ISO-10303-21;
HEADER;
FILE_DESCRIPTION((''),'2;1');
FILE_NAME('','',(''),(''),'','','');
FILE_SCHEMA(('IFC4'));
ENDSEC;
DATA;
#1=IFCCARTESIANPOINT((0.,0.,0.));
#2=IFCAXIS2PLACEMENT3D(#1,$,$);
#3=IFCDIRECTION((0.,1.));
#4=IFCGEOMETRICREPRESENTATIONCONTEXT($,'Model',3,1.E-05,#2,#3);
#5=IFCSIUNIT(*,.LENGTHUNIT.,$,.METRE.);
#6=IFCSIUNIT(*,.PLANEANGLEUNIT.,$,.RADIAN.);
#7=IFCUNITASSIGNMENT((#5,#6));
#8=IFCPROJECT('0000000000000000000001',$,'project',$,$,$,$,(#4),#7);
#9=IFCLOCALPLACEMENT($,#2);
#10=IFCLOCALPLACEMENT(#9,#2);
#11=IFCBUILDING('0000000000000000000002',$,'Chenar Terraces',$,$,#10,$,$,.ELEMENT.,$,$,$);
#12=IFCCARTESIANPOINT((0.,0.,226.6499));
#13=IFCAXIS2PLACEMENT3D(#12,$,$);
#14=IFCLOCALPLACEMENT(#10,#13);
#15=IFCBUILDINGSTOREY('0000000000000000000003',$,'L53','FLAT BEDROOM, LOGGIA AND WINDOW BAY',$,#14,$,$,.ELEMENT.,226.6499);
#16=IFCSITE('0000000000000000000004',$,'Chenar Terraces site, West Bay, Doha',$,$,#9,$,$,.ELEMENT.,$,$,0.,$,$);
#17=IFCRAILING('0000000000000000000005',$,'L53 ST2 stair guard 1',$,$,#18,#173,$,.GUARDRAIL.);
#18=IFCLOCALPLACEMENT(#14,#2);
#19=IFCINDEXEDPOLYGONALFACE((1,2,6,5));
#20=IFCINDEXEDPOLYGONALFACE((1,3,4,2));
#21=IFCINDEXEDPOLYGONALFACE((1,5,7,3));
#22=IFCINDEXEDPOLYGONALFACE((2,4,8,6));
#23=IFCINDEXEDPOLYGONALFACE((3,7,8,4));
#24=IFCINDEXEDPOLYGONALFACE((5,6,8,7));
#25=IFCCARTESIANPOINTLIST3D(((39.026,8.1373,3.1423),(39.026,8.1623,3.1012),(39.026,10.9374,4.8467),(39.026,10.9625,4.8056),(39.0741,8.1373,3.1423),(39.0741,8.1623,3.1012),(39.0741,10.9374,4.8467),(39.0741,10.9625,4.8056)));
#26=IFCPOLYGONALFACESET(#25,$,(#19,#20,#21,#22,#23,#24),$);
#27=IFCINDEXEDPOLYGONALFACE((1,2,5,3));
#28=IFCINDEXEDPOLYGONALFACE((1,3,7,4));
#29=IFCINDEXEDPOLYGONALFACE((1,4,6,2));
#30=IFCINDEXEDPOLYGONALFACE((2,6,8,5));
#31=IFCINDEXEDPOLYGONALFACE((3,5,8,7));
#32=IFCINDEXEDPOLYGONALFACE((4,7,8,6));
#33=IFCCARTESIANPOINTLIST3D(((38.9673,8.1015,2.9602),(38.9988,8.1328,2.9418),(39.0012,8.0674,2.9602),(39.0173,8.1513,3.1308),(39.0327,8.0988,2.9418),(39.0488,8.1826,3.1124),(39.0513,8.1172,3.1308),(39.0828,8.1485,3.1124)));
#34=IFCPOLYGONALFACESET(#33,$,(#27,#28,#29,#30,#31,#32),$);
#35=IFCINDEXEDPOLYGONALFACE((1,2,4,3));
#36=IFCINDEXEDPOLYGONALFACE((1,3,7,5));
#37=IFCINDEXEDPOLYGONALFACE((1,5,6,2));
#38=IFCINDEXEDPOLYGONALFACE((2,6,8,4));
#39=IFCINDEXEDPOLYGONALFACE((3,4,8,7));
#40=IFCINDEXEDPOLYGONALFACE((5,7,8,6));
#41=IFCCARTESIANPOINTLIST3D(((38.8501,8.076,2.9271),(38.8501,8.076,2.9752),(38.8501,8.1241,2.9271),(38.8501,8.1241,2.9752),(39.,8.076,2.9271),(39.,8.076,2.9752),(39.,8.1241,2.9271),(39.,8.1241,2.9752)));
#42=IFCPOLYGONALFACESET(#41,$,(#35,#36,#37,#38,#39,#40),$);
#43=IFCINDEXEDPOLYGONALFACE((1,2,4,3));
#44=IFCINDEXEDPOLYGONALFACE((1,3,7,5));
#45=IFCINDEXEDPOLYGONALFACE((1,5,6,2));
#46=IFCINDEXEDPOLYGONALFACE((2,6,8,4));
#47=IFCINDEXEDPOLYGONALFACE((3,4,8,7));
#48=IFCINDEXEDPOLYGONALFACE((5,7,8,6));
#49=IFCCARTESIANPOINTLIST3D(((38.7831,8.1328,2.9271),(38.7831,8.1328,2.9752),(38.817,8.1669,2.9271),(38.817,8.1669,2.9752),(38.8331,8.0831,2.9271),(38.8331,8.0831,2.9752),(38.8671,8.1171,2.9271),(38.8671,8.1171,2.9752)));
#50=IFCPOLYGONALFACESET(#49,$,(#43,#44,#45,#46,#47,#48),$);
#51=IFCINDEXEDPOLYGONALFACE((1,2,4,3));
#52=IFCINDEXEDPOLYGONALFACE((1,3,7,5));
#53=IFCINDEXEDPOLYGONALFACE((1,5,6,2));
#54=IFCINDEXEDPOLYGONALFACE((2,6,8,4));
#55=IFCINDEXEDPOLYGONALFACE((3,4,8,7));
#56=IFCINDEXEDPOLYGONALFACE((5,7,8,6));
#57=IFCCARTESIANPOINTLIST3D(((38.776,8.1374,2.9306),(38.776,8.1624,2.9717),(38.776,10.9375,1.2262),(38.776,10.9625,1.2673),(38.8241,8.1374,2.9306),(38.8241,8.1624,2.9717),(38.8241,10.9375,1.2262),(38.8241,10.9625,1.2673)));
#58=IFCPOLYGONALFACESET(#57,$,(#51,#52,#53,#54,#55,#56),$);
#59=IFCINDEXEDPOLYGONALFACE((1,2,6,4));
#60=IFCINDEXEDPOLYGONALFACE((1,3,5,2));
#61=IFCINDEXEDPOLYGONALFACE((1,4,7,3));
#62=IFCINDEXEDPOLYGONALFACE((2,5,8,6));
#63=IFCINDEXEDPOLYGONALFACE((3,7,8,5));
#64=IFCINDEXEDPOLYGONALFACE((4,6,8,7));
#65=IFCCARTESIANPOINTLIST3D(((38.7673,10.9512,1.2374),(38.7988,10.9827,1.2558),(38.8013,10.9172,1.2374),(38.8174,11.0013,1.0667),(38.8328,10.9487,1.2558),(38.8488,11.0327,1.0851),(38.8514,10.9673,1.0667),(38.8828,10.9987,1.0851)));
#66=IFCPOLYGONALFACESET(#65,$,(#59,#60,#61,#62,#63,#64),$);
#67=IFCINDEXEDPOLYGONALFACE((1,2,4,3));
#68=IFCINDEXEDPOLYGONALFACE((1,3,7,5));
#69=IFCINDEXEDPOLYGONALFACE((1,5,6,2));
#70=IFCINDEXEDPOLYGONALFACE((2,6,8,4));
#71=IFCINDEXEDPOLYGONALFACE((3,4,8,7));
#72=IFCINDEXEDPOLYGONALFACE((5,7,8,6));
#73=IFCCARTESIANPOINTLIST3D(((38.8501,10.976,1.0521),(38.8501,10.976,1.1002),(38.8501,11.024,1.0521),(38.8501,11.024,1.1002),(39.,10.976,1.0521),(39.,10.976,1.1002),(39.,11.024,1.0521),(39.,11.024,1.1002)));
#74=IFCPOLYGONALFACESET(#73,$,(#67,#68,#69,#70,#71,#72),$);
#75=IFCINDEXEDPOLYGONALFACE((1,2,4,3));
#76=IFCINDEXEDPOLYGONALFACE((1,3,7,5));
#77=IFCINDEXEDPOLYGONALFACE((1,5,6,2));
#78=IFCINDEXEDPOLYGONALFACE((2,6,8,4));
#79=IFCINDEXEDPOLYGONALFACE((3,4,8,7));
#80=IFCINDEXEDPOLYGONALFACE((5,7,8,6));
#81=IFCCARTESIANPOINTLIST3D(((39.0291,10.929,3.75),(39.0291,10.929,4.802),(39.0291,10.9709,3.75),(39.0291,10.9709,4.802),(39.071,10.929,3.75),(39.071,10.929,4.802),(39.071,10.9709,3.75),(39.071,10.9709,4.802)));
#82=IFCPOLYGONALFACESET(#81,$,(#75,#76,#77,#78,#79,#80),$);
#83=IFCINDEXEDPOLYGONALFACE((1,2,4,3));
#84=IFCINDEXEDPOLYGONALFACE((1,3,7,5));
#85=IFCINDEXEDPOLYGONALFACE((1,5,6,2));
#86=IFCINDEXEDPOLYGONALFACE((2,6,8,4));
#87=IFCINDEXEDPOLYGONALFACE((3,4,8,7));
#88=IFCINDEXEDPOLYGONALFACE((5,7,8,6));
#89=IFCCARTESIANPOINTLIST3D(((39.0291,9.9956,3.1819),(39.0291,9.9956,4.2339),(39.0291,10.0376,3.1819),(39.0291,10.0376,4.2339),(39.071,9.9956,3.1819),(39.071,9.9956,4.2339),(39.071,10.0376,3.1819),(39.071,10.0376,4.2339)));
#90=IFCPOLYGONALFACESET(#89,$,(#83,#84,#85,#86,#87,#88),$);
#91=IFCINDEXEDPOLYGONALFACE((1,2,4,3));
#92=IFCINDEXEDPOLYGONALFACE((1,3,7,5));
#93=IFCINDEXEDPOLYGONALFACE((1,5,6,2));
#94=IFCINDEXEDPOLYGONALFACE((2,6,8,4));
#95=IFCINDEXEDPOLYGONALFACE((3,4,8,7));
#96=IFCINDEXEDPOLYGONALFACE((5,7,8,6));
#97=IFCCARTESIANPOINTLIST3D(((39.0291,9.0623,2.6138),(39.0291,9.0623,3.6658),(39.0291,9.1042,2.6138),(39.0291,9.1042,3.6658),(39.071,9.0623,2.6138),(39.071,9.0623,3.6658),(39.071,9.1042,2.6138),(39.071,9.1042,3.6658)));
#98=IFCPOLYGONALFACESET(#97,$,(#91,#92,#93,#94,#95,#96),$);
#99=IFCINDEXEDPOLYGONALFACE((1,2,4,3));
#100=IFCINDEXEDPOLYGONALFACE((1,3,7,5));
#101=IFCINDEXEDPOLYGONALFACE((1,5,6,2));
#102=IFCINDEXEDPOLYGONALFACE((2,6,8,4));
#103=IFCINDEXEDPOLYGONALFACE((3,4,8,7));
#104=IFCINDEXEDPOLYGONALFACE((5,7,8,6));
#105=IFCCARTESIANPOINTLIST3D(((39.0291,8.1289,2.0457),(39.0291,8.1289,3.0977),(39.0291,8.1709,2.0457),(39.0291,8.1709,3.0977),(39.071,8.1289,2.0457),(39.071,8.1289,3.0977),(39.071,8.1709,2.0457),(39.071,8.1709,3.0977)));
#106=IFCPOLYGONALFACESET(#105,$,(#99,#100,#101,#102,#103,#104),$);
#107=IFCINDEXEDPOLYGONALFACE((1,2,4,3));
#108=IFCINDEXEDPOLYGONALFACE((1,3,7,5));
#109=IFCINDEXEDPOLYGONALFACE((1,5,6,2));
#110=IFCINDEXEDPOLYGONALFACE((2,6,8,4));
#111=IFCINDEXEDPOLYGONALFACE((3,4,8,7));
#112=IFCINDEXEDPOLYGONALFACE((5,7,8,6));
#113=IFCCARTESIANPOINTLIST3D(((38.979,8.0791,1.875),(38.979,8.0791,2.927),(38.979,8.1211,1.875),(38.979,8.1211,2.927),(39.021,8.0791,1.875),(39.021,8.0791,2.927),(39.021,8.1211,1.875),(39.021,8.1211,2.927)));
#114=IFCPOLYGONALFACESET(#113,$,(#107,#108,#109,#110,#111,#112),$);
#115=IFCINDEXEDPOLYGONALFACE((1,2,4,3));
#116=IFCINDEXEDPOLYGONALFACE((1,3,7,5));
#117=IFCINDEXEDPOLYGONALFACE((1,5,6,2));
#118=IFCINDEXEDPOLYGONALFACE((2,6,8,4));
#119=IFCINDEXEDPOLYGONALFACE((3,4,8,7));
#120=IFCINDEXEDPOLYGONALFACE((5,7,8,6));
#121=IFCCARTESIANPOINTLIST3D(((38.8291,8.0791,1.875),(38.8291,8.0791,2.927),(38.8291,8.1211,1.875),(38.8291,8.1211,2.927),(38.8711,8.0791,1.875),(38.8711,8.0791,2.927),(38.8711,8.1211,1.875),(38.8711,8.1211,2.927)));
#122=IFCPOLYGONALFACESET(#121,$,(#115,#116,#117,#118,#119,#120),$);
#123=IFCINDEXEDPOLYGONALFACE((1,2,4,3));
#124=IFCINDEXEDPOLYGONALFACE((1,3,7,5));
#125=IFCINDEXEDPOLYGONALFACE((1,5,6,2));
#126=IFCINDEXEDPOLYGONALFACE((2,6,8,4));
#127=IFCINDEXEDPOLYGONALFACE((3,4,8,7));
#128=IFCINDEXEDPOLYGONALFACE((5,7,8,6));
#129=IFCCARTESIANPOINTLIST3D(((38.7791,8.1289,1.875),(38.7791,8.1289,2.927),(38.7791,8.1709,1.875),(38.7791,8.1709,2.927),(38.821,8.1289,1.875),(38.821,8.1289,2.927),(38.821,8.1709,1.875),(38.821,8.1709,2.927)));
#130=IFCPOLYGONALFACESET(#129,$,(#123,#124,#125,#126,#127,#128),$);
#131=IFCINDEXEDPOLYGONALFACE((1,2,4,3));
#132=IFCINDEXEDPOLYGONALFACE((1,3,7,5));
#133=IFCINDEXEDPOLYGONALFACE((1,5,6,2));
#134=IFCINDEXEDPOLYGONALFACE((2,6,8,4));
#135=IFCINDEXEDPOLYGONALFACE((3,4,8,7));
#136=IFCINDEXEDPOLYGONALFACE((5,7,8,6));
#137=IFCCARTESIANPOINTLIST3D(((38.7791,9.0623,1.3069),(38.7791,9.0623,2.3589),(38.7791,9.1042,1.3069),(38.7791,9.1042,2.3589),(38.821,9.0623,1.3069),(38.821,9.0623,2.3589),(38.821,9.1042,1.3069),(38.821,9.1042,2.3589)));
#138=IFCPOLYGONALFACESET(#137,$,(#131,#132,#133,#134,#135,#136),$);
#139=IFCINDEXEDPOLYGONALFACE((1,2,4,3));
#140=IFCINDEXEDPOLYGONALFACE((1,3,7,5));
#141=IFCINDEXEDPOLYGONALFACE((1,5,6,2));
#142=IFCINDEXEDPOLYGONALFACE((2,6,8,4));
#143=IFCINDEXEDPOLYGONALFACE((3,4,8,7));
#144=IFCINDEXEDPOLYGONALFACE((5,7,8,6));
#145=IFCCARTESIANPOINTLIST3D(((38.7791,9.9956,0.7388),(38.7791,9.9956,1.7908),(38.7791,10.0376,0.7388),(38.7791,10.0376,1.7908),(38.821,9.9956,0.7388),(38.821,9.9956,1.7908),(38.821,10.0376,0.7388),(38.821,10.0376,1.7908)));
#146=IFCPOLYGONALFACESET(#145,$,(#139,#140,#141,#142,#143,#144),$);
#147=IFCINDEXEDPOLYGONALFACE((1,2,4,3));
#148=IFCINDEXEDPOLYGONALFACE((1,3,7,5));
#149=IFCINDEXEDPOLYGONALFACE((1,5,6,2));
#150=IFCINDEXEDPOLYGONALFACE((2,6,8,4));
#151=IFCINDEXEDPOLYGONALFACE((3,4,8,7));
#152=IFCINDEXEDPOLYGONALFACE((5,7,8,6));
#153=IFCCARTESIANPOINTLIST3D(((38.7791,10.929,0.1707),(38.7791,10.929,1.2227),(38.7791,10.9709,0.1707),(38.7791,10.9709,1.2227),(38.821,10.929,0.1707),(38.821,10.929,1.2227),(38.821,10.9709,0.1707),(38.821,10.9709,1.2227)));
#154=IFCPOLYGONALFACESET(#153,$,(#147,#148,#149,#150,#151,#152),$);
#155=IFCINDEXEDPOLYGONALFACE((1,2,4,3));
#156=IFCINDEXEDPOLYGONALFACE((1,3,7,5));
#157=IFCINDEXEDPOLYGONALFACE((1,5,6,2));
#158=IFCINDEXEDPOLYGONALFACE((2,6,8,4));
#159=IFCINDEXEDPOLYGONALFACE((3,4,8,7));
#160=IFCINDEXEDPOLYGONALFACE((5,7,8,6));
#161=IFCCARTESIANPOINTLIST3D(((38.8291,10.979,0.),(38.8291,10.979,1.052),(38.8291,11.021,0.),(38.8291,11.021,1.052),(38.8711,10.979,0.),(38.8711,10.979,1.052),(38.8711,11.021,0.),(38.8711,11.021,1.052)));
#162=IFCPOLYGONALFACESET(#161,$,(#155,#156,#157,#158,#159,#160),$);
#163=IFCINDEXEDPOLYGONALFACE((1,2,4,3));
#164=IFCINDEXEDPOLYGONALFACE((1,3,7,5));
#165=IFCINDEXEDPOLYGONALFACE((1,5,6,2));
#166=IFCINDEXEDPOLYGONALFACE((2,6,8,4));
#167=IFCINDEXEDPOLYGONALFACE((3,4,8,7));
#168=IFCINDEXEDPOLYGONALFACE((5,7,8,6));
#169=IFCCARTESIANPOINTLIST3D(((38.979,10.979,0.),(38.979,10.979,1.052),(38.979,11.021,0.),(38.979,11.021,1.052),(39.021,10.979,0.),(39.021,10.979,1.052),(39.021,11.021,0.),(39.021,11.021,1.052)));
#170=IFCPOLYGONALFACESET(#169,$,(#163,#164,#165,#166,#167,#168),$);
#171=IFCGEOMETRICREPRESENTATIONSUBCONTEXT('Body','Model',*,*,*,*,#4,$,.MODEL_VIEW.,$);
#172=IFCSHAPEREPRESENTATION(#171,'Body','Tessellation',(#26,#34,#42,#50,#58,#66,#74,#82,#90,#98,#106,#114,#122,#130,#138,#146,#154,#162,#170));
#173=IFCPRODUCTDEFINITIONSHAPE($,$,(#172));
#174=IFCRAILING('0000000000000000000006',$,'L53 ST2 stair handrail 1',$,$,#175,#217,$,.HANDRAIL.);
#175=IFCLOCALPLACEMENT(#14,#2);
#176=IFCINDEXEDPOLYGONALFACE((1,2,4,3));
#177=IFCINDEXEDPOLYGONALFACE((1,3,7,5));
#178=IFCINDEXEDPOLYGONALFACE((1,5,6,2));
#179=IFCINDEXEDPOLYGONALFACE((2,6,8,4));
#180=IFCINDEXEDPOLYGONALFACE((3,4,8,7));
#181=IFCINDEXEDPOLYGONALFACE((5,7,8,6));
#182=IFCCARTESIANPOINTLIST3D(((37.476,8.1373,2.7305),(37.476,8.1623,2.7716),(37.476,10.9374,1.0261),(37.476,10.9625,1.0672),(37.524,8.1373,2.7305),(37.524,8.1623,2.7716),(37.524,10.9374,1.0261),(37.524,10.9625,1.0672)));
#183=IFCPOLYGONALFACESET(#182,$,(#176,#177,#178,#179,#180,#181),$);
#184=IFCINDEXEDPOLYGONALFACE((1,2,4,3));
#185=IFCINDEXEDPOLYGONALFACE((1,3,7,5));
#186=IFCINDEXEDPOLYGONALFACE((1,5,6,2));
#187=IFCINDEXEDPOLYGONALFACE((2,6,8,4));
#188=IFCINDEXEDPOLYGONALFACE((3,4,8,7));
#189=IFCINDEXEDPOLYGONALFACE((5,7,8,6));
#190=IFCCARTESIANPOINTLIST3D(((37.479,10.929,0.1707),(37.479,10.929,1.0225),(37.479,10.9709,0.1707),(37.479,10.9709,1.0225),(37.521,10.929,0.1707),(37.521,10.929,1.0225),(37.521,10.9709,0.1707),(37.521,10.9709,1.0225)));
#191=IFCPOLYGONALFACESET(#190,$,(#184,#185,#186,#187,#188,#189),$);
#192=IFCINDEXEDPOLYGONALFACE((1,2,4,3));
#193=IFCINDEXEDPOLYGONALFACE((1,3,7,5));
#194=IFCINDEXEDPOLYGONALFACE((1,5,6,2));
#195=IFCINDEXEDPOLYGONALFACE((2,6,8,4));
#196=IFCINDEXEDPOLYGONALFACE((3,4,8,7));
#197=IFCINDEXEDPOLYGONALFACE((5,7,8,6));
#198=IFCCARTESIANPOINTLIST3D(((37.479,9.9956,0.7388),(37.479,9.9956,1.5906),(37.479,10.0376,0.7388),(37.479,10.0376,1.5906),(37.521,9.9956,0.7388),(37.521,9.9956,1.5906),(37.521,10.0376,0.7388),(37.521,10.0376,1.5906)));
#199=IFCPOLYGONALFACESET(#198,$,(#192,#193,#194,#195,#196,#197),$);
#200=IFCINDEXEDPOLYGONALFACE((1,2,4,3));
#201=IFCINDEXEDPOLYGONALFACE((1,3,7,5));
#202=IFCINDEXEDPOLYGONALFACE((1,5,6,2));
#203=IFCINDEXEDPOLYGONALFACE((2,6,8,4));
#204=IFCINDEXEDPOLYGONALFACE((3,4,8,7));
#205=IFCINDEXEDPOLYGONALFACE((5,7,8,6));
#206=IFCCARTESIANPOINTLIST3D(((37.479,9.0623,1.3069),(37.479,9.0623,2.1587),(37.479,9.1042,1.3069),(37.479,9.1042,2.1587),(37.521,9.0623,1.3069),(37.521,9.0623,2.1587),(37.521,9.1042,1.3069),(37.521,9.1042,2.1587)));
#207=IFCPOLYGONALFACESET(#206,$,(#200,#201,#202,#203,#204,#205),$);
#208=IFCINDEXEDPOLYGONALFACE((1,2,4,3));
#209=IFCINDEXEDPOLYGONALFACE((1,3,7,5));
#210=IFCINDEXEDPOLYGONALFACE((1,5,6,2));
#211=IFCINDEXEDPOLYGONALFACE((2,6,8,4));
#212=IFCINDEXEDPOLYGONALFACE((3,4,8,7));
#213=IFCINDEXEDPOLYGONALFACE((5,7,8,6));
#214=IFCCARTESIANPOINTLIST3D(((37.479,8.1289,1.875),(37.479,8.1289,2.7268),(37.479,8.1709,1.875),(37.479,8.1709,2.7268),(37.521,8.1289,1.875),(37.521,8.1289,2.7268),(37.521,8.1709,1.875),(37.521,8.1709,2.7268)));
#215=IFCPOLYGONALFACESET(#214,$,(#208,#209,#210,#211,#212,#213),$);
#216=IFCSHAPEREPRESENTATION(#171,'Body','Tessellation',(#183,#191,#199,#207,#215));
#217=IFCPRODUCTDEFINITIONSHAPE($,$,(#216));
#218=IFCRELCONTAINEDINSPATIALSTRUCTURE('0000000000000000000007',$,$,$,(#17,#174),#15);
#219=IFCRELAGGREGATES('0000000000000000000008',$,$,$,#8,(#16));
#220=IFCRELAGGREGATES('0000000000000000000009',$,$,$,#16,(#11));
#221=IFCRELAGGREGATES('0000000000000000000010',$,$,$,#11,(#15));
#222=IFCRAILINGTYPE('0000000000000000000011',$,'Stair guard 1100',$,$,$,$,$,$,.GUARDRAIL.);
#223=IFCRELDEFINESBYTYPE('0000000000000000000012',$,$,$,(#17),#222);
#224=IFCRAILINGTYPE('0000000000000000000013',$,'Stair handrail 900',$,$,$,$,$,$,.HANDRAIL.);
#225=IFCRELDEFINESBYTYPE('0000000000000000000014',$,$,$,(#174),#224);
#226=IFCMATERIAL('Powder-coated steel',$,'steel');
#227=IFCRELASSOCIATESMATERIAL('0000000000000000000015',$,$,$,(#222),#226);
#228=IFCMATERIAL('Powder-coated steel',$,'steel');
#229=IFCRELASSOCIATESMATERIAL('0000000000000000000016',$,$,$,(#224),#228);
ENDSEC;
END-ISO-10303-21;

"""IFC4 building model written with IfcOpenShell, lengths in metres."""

from ifc_helpers import new_model, si_unit, direction, frame, origin, origin_2d, place, context, subcontext, project, spatial, rectangle, extrude, material, type_object, element, save


model = new_model("IFC4")

# Units and contexts
model_context = context("Model", 3, precision=1e-05, world=origin(), true_north=direction((0.0, 1.0)))
body_context = subcontext(model_context, "Body", "Model", "MODEL_VIEW")
ifc_project = project(units=[si_unit("LENGTHUNIT", "METRE"), si_unit("PLANEANGLEUNIT", "RADIAN")], contexts=[model_context])

# Site, building, storey
site_placement = place(None, origin())
site = spatial("IfcSite", under=ifc_project, at=site_placement, Name="Chenar Terraces site, West Bay, Doha", CompositionType="ELEMENT", RefElevation=0.0)
building_placement = place(site_placement, origin())
building = spatial("IfcBuilding", under=site, at=building_placement, Name="Chenar Terraces", CompositionType="ELEMENT")
storey_placement = place(building_placement, frame((0.0, 0.0, 226.6499)))
storey = spatial("IfcBuildingStorey", under=building, at=storey_placement, Name="L53", Description="FLAT BEDROOM, LOGGIA AND WINDOW BAY", CompositionType="ELEMENT", Elevation=226.6499)

# Railings
ifc_material_1 = material(Name="Powder-coated steel", Category="steel")
railing_type_1 = type_object("IfcRailingType", Name="Stair guard 1100", PredefinedType="GUARDRAIL", material=ifc_material_1)
railing_1_placement = place(storey_placement, frame((39.05, 10.95, 3.75)))
element("IfcRailing", 1, at=railing_1_placement, inside=storey, type_object=railing_type_1, Name="L53 ST2 stair guard 1", PredefinedType="GUARDRAIL", context=body_context, shape_type="SweptSolid", body=[
    extrude(rectangle(XDim=0.0481, YDim=0.0481, at=origin_2d()), frame((0.0, 0.0, 1.0762), z_axis=(0.0, -0.854203, -0.51994), x_axis=(1.0, 0.0, 0.0)), (0.0, 0.0, 1.0), 3.2781),
    extrude(rectangle(XDim=0.0481, YDim=0.0481, at=origin_2d()), frame((0.0, -2.8, -0.6284), z_axis=(-0.270997, -0.269675, -0.924033), x_axis=(0.705376, -0.708834, 0.0)), (0.0, 0.0, 1.0), 0.1846),
    extrude(rectangle(XDim=0.0481, YDim=0.0481, at=origin_2d()), frame((-0.05, -2.8499, -0.7988), z_axis=(-1.0, 0.0, 0.0), x_axis=(0.0, -1.0, 0.0)), (0.0, 0.0, 1.0), 0.1499),
    extrude(rectangle(XDim=0.0481, YDim=0.0481, at=origin_2d()), frame((-0.2, -2.8499, -0.7988), z_axis=(-0.708834, 0.705376, 0.0), x_axis=(-0.705376, -0.708834, 0.0)), (0.0, 0.0, 1.0), 0.0706),
    extrude(rectangle(XDim=0.0481, YDim=0.0481, at=origin_2d()), frame((-0.25, -2.8, -0.7988), z_axis=(0.0, 0.854203, -0.51994), x_axis=(-1.0, 0.0, 0.0)), (0.0, 0.0, 1.0), 3.2781),
    extrude(rectangle(XDim=0.0481, YDim=0.0481, at=origin_2d()), frame((-0.25, 0.0, -2.5034), z_axis=(0.2709, 0.2709, -0.923703), x_axis=(-0.707107, 0.707107, 0.0)), (0.0, 0.0, 1.0), 0.1848),
    extrude(rectangle(XDim=0.0481, YDim=0.0481, at=origin_2d()), frame((-0.2, 0.05, -2.6738), z_axis=(1.0, 0.0, 0.0), x_axis=(0.0, 1.0, 0.0)), (0.0, 0.0, 1.0), 0.1499),
    extrude(rectangle(XDim=0.042, YDim=0.042, at=origin_2d()), origin(), (0.0, 0.0, 1.0), 1.052),
    extrude(rectangle(XDim=0.042, YDim=0.042, at=origin_2d()), frame((0.0, -0.9333, -0.5681)), (0.0, 0.0, 1.0), 1.052),
    extrude(rectangle(XDim=0.042, YDim=0.042, at=origin_2d()), frame((0.0, -1.8667, -1.1362)), (0.0, 0.0, 1.0), 1.052),
    extrude(rectangle(XDim=0.042, YDim=0.042, at=origin_2d()), frame((0.0, -2.8, -1.7043)), (0.0, 0.0, 1.0), 1.052),
    extrude(rectangle(XDim=0.042, YDim=0.042, at=origin_2d()), frame((-0.05, -2.8499, -1.875)), (0.0, 0.0, 1.0), 1.052),
    extrude(rectangle(XDim=0.042, YDim=0.042, at=origin_2d()), frame((-0.2, -2.8499, -1.875)), (0.0, 0.0, 1.0), 1.052),
    extrude(rectangle(XDim=0.042, YDim=0.042, at=origin_2d()), frame((-0.25, -2.8, -1.875)), (0.0, 0.0, 1.0), 1.052),
    extrude(rectangle(XDim=0.042, YDim=0.042, at=origin_2d()), frame((-0.25, -1.8667, -2.4431)), (0.0, 0.0, 1.0), 1.052),
    extrude(rectangle(XDim=0.042, YDim=0.042, at=origin_2d()), frame((-0.25, -0.9333, -3.0112)), (0.0, 0.0, 1.0), 1.052),
    extrude(rectangle(XDim=0.042, YDim=0.042, at=origin_2d()), frame((-0.25, 0.0, -3.5793)), (0.0, 0.0, 1.0), 1.052),
    extrude(rectangle(XDim=0.042, YDim=0.042, at=origin_2d()), frame((-0.2, 0.05, -3.75)), (0.0, 0.0, 1.0), 1.052),
    extrude(rectangle(XDim=0.042, YDim=0.042, at=origin_2d()), frame((-0.05, 0.05, -3.75)), (0.0, 0.0, 1.0), 1.052),
])
ifc_material_2 = material(Name="Powder-coated steel", Category="steel")
railing_type_2 = type_object("IfcRailingType", Name="Stair handrail 900", PredefinedType="HANDRAIL", material=ifc_material_2)
railing_2_placement = place(storey_placement, frame((37.5, 10.95, 0.1707)))
element("IfcRailing", 2, at=railing_2_placement, inside=storey, type_object=railing_type_2, Name="L53 ST2 stair handrail 1", PredefinedType="HANDRAIL", context=body_context, shape_type="SweptSolid", body=[
    extrude(rectangle(XDim=0.0481, YDim=0.0481, at=origin_2d()), frame((0.0, 0.0, 0.876), z_axis=(0.0, -0.854203, 0.51994), x_axis=(1.0, 0.0, 0.0)), (0.0, 0.0, 1.0), 3.2781),
    extrude(rectangle(XDim=0.042, YDim=0.042, at=origin_2d()), origin(), (0.0, 0.0, 1.0), 0.8518),
    extrude(rectangle(XDim=0.042, YDim=0.042, at=origin_2d()), frame((0.0, -0.9333, 0.5681)), (0.0, 0.0, 1.0), 0.8518),
    extrude(rectangle(XDim=0.042, YDim=0.042, at=origin_2d()), frame((0.0, -1.8667, 1.1362)), (0.0, 0.0, 1.0), 0.8518),
    extrude(rectangle(XDim=0.042, YDim=0.042, at=origin_2d()), frame((0.0, -2.8, 1.7043)), (0.0, 0.0, 1.0), 0.8518),
])

save(model, "model.ifc")
